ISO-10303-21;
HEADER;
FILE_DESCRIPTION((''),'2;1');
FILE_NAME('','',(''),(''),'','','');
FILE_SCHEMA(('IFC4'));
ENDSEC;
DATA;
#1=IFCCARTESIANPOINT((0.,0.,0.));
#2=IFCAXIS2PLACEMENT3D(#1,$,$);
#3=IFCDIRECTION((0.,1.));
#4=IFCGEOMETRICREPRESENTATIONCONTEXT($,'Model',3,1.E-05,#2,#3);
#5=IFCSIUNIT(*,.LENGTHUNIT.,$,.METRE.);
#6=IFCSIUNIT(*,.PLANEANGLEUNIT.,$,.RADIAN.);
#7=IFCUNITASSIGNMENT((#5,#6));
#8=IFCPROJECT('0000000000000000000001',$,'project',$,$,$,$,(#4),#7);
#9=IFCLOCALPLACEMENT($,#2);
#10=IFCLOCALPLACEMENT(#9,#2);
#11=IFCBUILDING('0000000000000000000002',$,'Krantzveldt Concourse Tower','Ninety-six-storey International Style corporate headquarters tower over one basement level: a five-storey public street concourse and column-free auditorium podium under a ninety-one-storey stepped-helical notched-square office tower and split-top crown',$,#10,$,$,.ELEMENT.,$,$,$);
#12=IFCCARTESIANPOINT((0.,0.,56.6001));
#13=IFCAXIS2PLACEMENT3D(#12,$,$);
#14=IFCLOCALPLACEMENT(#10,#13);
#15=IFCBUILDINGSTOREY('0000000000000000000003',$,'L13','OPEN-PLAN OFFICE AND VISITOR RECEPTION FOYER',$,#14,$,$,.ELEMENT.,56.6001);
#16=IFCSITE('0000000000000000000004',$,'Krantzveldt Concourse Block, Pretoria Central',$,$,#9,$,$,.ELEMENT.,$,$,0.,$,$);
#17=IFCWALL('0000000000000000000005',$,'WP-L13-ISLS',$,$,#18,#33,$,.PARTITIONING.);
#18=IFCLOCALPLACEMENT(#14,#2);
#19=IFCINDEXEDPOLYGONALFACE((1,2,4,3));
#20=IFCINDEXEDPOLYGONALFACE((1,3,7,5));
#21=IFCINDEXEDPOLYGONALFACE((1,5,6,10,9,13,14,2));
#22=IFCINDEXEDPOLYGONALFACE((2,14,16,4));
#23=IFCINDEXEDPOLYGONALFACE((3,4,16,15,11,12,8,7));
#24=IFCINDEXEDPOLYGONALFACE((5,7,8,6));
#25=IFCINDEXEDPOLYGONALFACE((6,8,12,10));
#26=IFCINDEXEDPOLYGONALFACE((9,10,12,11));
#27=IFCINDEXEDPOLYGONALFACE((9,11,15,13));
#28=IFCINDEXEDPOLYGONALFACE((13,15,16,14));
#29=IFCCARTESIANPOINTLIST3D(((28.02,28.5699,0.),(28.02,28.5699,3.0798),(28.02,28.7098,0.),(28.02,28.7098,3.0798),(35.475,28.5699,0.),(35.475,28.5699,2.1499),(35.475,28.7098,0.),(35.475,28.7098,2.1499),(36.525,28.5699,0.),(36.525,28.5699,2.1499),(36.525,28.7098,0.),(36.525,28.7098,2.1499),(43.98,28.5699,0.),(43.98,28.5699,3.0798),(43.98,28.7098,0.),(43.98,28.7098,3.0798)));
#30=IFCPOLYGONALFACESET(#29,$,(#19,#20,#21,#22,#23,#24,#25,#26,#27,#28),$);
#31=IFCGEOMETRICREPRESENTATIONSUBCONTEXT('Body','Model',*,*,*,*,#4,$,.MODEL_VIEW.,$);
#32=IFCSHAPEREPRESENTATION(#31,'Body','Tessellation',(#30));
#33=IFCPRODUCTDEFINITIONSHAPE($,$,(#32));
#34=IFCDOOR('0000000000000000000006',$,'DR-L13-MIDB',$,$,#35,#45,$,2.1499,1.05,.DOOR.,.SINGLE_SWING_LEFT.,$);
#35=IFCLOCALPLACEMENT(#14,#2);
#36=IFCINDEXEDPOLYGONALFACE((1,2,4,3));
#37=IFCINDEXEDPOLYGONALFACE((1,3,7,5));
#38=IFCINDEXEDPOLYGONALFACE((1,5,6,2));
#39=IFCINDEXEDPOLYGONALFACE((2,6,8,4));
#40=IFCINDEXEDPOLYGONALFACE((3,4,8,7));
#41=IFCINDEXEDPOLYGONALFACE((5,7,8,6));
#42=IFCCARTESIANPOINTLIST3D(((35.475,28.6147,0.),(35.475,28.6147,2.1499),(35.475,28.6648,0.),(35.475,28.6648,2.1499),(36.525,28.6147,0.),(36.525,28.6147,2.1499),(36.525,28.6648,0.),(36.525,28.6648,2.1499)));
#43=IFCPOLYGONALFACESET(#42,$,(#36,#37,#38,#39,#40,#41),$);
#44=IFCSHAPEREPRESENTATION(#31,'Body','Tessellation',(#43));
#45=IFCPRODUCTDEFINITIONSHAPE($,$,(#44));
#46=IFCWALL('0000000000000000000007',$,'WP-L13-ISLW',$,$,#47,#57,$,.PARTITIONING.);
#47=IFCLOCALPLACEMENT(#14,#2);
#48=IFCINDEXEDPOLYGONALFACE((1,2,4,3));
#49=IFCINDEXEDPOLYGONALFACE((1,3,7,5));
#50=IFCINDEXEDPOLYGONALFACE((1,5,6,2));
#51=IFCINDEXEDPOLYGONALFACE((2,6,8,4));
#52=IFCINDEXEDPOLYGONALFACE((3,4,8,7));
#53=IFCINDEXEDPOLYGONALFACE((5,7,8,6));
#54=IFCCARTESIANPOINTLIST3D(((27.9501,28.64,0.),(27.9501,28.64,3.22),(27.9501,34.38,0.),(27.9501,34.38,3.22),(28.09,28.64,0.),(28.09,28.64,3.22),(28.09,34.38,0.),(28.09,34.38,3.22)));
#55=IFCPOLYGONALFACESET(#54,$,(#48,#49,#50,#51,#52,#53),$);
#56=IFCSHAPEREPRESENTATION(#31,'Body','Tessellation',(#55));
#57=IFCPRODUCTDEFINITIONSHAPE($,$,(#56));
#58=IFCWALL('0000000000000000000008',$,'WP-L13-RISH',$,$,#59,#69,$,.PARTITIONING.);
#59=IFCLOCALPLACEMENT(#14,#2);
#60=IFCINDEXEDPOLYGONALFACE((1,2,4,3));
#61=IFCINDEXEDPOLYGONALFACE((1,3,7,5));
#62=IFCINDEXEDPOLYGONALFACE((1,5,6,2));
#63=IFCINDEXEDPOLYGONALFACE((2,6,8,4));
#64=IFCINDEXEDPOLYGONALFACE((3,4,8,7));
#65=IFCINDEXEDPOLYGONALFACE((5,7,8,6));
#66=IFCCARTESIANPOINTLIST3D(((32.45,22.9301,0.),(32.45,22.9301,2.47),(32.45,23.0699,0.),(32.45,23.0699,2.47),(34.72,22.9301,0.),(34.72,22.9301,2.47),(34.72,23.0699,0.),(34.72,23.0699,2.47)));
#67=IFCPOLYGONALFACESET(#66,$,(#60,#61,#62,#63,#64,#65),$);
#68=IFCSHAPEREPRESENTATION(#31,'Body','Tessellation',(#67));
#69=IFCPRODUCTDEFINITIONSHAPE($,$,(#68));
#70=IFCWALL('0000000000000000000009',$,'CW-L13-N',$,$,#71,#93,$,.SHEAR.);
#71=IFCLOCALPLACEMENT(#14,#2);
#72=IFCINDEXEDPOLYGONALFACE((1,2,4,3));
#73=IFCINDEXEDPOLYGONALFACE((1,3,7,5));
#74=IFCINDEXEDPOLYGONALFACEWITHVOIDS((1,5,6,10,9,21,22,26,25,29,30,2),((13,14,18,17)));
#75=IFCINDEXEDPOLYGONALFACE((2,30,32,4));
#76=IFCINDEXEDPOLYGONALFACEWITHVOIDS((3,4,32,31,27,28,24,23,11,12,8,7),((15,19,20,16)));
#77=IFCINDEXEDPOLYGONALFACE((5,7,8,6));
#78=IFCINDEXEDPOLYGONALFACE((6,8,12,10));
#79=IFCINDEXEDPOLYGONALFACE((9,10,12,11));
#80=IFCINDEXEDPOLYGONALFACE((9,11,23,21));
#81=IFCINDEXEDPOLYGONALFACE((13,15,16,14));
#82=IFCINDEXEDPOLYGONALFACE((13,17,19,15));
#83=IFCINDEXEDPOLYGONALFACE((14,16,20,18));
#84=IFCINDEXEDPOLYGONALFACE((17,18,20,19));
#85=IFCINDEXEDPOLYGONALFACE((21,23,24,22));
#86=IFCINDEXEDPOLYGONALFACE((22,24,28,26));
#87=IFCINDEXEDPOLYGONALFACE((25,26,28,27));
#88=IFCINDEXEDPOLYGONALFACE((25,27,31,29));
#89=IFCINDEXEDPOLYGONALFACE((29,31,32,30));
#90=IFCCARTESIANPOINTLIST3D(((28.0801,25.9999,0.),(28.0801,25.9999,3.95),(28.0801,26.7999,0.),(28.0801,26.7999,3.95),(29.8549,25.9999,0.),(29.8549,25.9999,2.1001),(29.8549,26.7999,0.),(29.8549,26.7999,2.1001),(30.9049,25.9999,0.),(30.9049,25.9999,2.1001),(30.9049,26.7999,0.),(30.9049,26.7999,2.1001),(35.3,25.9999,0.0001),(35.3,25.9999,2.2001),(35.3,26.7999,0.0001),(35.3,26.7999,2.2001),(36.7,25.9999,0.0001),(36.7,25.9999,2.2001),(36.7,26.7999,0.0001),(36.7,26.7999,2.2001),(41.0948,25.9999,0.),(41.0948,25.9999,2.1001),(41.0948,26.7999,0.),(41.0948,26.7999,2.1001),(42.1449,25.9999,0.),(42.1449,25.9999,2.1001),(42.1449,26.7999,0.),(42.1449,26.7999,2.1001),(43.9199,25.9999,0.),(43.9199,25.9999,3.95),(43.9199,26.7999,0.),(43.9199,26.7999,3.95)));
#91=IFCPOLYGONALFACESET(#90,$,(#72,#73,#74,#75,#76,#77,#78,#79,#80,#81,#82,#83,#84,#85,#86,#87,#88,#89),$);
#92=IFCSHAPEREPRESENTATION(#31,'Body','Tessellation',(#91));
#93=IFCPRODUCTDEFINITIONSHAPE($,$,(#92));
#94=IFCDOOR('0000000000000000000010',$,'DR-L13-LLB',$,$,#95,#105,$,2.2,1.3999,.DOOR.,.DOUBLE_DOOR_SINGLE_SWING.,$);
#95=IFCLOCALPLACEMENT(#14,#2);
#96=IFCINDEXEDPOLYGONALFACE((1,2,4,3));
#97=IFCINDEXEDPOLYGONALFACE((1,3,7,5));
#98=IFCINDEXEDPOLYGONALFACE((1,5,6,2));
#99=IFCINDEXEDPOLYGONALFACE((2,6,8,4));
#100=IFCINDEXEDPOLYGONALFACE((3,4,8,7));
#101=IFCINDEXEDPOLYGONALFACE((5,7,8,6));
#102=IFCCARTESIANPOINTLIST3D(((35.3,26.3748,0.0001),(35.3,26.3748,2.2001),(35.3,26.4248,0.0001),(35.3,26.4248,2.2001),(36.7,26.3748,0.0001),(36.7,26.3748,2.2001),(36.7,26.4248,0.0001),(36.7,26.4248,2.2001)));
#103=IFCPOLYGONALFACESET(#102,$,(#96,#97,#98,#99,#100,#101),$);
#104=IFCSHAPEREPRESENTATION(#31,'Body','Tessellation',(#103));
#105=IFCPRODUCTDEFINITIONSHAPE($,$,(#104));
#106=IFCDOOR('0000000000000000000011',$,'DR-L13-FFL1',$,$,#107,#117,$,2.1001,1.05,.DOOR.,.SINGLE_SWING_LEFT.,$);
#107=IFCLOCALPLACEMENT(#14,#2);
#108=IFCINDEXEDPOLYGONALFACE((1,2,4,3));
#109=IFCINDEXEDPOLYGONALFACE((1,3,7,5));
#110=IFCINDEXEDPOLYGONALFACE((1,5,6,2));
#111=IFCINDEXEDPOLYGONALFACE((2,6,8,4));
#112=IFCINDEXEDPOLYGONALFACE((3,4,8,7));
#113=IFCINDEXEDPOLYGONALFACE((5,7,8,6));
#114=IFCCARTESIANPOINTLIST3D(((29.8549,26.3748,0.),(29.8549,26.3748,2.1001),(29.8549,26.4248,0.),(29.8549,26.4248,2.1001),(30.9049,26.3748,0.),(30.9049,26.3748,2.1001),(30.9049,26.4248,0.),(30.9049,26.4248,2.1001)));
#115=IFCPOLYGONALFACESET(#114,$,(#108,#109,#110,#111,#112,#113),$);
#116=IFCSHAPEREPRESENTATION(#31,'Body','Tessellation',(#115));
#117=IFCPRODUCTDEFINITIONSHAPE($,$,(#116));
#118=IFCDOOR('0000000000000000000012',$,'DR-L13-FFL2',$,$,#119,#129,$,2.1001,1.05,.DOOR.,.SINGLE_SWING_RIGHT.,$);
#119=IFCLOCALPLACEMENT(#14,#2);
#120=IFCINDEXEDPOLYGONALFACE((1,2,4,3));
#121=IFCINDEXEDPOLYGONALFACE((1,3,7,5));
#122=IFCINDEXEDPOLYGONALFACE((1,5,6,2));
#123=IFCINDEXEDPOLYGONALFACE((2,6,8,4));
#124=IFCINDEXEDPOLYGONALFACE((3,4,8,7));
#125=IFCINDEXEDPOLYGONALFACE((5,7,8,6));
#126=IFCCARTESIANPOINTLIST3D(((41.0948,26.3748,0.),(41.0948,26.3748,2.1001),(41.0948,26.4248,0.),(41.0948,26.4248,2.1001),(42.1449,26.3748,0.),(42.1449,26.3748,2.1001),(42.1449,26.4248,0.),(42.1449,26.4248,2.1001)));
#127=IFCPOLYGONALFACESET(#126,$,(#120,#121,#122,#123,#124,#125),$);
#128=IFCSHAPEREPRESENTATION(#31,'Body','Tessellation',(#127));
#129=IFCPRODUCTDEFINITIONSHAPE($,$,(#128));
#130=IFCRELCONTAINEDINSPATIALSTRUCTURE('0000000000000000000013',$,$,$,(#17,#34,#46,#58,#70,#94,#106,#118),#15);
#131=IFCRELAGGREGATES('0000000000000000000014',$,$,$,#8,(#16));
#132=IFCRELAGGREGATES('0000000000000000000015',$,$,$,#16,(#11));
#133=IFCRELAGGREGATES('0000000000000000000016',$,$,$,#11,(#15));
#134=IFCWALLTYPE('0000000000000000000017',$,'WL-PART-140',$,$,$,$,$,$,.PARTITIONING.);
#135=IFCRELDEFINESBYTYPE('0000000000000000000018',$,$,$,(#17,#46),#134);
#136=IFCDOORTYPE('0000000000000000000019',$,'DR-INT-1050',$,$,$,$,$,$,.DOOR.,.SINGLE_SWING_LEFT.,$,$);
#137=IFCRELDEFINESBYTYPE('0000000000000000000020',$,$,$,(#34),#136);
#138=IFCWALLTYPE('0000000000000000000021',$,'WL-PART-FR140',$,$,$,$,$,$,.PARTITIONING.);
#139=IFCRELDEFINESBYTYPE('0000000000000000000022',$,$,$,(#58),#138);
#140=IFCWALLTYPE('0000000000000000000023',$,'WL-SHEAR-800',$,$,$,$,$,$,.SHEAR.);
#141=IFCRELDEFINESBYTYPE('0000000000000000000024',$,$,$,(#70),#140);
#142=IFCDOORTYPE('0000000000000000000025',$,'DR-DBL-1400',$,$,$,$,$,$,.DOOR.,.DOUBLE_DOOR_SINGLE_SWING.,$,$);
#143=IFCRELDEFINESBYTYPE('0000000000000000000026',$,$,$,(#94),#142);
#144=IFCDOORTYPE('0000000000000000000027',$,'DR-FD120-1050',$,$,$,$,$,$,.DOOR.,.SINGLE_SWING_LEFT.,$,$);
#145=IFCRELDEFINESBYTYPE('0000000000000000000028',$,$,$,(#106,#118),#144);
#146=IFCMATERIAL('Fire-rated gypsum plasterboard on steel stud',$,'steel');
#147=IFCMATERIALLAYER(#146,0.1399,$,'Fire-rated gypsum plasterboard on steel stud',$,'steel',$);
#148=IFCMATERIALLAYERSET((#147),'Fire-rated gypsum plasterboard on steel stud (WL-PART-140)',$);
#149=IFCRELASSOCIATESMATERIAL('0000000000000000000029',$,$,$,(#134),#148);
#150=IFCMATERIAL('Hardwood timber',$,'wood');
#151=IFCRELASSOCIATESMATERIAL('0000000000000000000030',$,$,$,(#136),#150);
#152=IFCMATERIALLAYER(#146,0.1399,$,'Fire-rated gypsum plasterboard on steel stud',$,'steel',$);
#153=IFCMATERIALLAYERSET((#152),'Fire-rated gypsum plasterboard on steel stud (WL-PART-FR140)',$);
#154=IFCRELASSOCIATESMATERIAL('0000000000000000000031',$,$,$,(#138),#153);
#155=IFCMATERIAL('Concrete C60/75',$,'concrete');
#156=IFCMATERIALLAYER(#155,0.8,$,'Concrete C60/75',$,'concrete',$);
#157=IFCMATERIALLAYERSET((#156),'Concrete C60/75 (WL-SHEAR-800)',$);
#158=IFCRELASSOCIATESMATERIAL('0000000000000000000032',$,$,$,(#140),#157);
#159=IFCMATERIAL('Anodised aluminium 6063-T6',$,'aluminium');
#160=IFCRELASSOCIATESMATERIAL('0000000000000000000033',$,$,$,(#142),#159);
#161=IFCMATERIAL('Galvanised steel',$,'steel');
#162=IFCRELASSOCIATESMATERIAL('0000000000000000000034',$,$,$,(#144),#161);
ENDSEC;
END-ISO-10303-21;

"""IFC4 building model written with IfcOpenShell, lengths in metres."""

from ifc_helpers import new_model, si_unit, direction, frame, frame_2d, origin, place, context, subcontext, project, spatial, rectangle, extrude, material, layer, layer_set, type_object, element, fill, save


model = new_model("IFC4")

# Units and contexts
model_context = context("Model", 3, precision=1e-05, world=origin(), true_north=direction((0.0, 1.0)))
body_context = subcontext(model_context, "Body", "Model", "MODEL_VIEW")
ifc_project = project(units=[si_unit("LENGTHUNIT", "METRE"), si_unit("PLANEANGLEUNIT", "RADIAN")], contexts=[model_context])

# Site, building, storey
site_placement = place(None, origin())
site = spatial("IfcSite", under=ifc_project, at=site_placement, Name="Krantzveldt Concourse Block, Pretoria Central", CompositionType="ELEMENT", RefElevation=0.0)
building_placement = place(site_placement, origin())
building = spatial("IfcBuilding", under=site, at=building_placement, Name="Krantzveldt Concourse Tower", Description="Ninety-six-storey International Style corporate headquarters tower over one basement level: a five-storey public street concourse and column-free auditorium podium under a ninety-one-storey stepped-helical notched-square office tower and split-top crown", CompositionType="ELEMENT")
storey_placement = place(building_placement, frame((0.0, 0.0, 56.6001)))
storey = spatial("IfcBuildingStorey", under=building, at=storey_placement, Name="L13", Description="OPEN-PLAN OFFICE AND VISITOR RECEPTION FOYER", CompositionType="ELEMENT", Elevation=56.6001)

# Wall, opening, door
ifc_material_1 = material(Name="Fire-rated gypsum plasterboard on steel stud", Category="steel")
ifc_layer_1 = layer(ifc_material_1, 0.1399, Name="Fire-rated gypsum plasterboard on steel stud", Category="steel")
ifc_layer_set_1 = layer_set([ifc_layer_1], Name="Fire-rated gypsum plasterboard on steel stud (WL-PART-140)")
wall_type_1 = type_object("IfcWallType", Name="WL-PART-140", PredefinedType="PARTITIONING", material=ifc_layer_set_1)
wall_1_placement = place(storey_placement, frame((28.02, 28.6399, 0.0), z_axis=(0.0, 0.0, 1.0), x_axis=(1.0, 0.0, 0.0)))
wall_1 = element("IfcWall", 1, at=wall_1_placement, inside=storey, type_object=wall_type_1, Name="WP-L13-ISLS", PredefinedType="PARTITIONING", context=body_context, shape_type="SweptSolid", body=[
    extrude(rectangle(XDim=15.96, YDim=0.1399, at=frame_2d((7.98, 0.0))), origin(), (0.0, 0.0, 1.0), 3.0798),
])
opening_1_placement = place(wall_1_placement, frame((7.4551, 0.0, 0.0)))
opening_1 = element("IfcOpeningElement", 2, at=opening_1_placement, cuts=wall_1, PredefinedType="OPENING", context=body_context, shape_type="SweptSolid", body=[
    extrude(rectangle(XDim=1.05, YDim=2.1499, at=frame_2d((0.5249, 1.075))), frame((0.0, 0.0801, 0.0), z_axis=(0.0, -1.0, 0.0), x_axis=(1.0, 0.0, 0.0)), (0.0, 0.0, 1.0), 0.1599),
])
ifc_material_2 = material(Name="Hardwood timber", Category="wood")
door_type_1 = type_object("IfcDoorType", Name="DR-INT-1050", OperationType="SINGLE_SWING_LEFT", PredefinedType="DOOR", material=ifc_material_2)
door_1_placement = place(opening_1_placement, origin())
door_1 = element("IfcDoor", 3, at=door_1_placement, inside=storey, type_object=door_type_1, Name="DR-L13-MIDB", OperationType="SINGLE_SWING_LEFT", OverallHeight=2.1499, OverallWidth=1.05, PredefinedType="DOOR", context=body_context, shape_type="SweptSolid", body=[
    extrude(rectangle(XDim=1.05, YDim=2.1499, at=frame_2d((0.5249, 1.075))), frame((0.0, 0.0249, 0.0), z_axis=(0.0, -1.0, 0.0), x_axis=(1.0, 0.0, 0.0)), (0.0, 0.0, 1.0), 0.05),
])
fill(opening_1, door_1)

# Walls
wall_2_placement = place(storey_placement, frame((28.02, 28.6399, 0.0), z_axis=(0.0, 0.0, 1.0), x_axis=(0.0, 1.0, 0.0)))
element("IfcWall", 4, at=wall_2_placement, inside=storey, type_object=wall_type_1, Name="WP-L13-ISLW", PredefinedType="PARTITIONING", context=body_context, shape_type="SweptSolid", body=[
    extrude(rectangle(XDim=5.74, YDim=0.1399, at=frame_2d((2.8701, 0.0))), origin(), (0.0, 0.0, 1.0), 3.22),
])
ifc_layer_2 = layer(ifc_material_1, 0.1399, Name="Fire-rated gypsum plasterboard on steel stud", Category="steel")
ifc_layer_set_2 = layer_set([ifc_layer_2], Name="Fire-rated gypsum plasterboard on steel stud (WL-PART-FR140)")
wall_type_2 = type_object("IfcWallType", Name="WL-PART-FR140", PredefinedType="PARTITIONING", material=ifc_layer_set_2)
wall_3_placement = place(storey_placement, frame((32.45, 23.0, 0.0), z_axis=(0.0, 0.0, 1.0), x_axis=(1.0, 0.0, 0.0)))
element("IfcWall", 5, at=wall_3_placement, inside=storey, type_object=wall_type_2, Name="WP-L13-RISH", PredefinedType="PARTITIONING", context=body_context, shape_type="SweptSolid", body=[
    extrude(rectangle(XDim=2.27, YDim=0.1399, at=frame_2d((1.135, 0.0))), origin(), (0.0, 0.0, 1.0), 2.47),
])

# Wall, openings, doors
ifc_material_3 = material(Name="Concrete C60/75", Category="concrete")
ifc_layer_3 = layer(ifc_material_3, 0.8, Name="Concrete C60/75", Category="concrete")
ifc_layer_set_3 = layer_set([ifc_layer_3], Name="Concrete C60/75 (WL-SHEAR-800)")
wall_type_3 = type_object("IfcWallType", Name="WL-SHEAR-800", PredefinedType="SHEAR", material=ifc_layer_set_3)
wall_4_placement = place(storey_placement, frame((28.0801, 26.3999, 0.0), z_axis=(0.0, 0.0, 1.0), x_axis=(1.0, 0.0, 0.0)))
wall_4 = element("IfcWall", 6, at=wall_4_placement, inside=storey, type_object=wall_type_3, Name="CW-L13-N", PredefinedType="SHEAR", context=body_context, shape_type="SweptSolid", body=[
    extrude(rectangle(XDim=15.8398, YDim=0.8, at=frame_2d((7.9199, 0.0))), origin(), (0.0, 0.0, 1.0), 3.95),
])
opening_2_placement = place(wall_4_placement, frame((7.22, 0.0, 0.0)))
opening_2 = element("IfcOpeningElement", 7, at=opening_2_placement, cuts=wall_4, PredefinedType="OPENING", context=body_context, shape_type="SweptSolid", body=[
    extrude(rectangle(XDim=1.3999, YDim=2.2, at=frame_2d((0.7, 1.1001))), frame((0.0, 0.4102, 0.0), z_axis=(0.0, -1.0, 0.0), x_axis=(1.0, 0.0, 0.0)), (0.0, 0.0, 1.0), 0.8201),
])
opening_3_placement = place(wall_4_placement, frame((1.7749, 0.0, 0.0)))
opening_3 = element("IfcOpeningElement", 8, at=opening_3_placement, cuts=wall_4, PredefinedType="OPENING", context=body_context, shape_type="SweptSolid", body=[
    extrude(rectangle(XDim=1.05, YDim=2.1001, at=frame_2d((0.5249, 1.05))), frame((0.0, 0.4102, 0.0), z_axis=(0.0, -1.0, 0.0), x_axis=(1.0, 0.0, 0.0)), (0.0, 0.0, 1.0), 0.8201),
])
opening_4_placement = place(wall_4_placement, frame((13.0149, 0.0, 0.0)))
opening_4 = element("IfcOpeningElement", 9, at=opening_4_placement, cuts=wall_4, PredefinedType="OPENING", context=body_context, shape_type="SweptSolid", body=[
    extrude(rectangle(XDim=1.05, YDim=2.1001, at=frame_2d((0.5249, 1.05))), frame((0.0, 0.4102, 0.0), z_axis=(0.0, -1.0, 0.0), x_axis=(1.0, 0.0, 0.0)), (0.0, 0.0, 1.0), 0.8201),
])
ifc_material_4 = material(Name="Anodised aluminium 6063-T6", Category="aluminium")
door_type_2 = type_object("IfcDoorType", Name="DR-DBL-1400", OperationType="DOUBLE_DOOR_SINGLE_SWING", PredefinedType="DOOR", material=ifc_material_4)
door_2_placement = place(opening_2_placement, origin())
door_2 = element("IfcDoor", 10, at=door_2_placement, inside=storey, type_object=door_type_2, Name="DR-L13-LLB", OperationType="DOUBLE_DOOR_SINGLE_SWING", OverallHeight=2.2, OverallWidth=1.3999, PredefinedType="DOOR", context=body_context, shape_type="SweptSolid", body=[
    extrude(rectangle(XDim=1.3999, YDim=2.2, at=frame_2d((0.7, 1.1001))), frame((0.0, 0.0249, 0.0), z_axis=(0.0, -1.0, 0.0), x_axis=(1.0, 0.0, 0.0)), (0.0, 0.0, 1.0), 0.05),
])
fill(opening_2, door_2)
ifc_material_5 = material(Name="Galvanised steel", Category="steel")
door_type_3 = type_object("IfcDoorType", Name="DR-FD120-1050", OperationType="SINGLE_SWING_LEFT", PredefinedType="DOOR", material=ifc_material_5)
door_3_placement = place(opening_3_placement, origin())
door_3 = element("IfcDoor", 11, at=door_3_placement, inside=storey, type_object=door_type_3, Name="DR-L13-FFL1", OperationType="SINGLE_SWING_LEFT", OverallHeight=2.1001, OverallWidth=1.05, PredefinedType="DOOR", context=body_context, shape_type="SweptSolid", body=[
    extrude(rectangle(XDim=1.05, YDim=2.1001, at=frame_2d((0.5249, 1.05))), frame((0.0, 0.0249, 0.0), z_axis=(0.0, -1.0, 0.0), x_axis=(1.0, 0.0, 0.0)), (0.0, 0.0, 1.0), 0.05),
])
fill(opening_3, door_3)
door_4_placement = place(opening_4_placement, origin())
door_4 = element("IfcDoor", 12, at=door_4_placement, inside=storey, type_object=door_type_3, Name="DR-L13-FFL2", OperationType="SINGLE_SWING_RIGHT", OverallHeight=2.1001, OverallWidth=1.05, PredefinedType="DOOR", context=body_context, shape_type="SweptSolid", body=[
    extrude(rectangle(XDim=1.05, YDim=2.1001, at=frame_2d((0.5249, 1.05))), frame((0.0, 0.0249, 0.0), z_axis=(0.0, -1.0, 0.0), x_axis=(1.0, 0.0, 0.0)), (0.0, 0.0, 1.0), 0.05),
])
fill(opening_4, door_4)

save(model, "model.ifc")
